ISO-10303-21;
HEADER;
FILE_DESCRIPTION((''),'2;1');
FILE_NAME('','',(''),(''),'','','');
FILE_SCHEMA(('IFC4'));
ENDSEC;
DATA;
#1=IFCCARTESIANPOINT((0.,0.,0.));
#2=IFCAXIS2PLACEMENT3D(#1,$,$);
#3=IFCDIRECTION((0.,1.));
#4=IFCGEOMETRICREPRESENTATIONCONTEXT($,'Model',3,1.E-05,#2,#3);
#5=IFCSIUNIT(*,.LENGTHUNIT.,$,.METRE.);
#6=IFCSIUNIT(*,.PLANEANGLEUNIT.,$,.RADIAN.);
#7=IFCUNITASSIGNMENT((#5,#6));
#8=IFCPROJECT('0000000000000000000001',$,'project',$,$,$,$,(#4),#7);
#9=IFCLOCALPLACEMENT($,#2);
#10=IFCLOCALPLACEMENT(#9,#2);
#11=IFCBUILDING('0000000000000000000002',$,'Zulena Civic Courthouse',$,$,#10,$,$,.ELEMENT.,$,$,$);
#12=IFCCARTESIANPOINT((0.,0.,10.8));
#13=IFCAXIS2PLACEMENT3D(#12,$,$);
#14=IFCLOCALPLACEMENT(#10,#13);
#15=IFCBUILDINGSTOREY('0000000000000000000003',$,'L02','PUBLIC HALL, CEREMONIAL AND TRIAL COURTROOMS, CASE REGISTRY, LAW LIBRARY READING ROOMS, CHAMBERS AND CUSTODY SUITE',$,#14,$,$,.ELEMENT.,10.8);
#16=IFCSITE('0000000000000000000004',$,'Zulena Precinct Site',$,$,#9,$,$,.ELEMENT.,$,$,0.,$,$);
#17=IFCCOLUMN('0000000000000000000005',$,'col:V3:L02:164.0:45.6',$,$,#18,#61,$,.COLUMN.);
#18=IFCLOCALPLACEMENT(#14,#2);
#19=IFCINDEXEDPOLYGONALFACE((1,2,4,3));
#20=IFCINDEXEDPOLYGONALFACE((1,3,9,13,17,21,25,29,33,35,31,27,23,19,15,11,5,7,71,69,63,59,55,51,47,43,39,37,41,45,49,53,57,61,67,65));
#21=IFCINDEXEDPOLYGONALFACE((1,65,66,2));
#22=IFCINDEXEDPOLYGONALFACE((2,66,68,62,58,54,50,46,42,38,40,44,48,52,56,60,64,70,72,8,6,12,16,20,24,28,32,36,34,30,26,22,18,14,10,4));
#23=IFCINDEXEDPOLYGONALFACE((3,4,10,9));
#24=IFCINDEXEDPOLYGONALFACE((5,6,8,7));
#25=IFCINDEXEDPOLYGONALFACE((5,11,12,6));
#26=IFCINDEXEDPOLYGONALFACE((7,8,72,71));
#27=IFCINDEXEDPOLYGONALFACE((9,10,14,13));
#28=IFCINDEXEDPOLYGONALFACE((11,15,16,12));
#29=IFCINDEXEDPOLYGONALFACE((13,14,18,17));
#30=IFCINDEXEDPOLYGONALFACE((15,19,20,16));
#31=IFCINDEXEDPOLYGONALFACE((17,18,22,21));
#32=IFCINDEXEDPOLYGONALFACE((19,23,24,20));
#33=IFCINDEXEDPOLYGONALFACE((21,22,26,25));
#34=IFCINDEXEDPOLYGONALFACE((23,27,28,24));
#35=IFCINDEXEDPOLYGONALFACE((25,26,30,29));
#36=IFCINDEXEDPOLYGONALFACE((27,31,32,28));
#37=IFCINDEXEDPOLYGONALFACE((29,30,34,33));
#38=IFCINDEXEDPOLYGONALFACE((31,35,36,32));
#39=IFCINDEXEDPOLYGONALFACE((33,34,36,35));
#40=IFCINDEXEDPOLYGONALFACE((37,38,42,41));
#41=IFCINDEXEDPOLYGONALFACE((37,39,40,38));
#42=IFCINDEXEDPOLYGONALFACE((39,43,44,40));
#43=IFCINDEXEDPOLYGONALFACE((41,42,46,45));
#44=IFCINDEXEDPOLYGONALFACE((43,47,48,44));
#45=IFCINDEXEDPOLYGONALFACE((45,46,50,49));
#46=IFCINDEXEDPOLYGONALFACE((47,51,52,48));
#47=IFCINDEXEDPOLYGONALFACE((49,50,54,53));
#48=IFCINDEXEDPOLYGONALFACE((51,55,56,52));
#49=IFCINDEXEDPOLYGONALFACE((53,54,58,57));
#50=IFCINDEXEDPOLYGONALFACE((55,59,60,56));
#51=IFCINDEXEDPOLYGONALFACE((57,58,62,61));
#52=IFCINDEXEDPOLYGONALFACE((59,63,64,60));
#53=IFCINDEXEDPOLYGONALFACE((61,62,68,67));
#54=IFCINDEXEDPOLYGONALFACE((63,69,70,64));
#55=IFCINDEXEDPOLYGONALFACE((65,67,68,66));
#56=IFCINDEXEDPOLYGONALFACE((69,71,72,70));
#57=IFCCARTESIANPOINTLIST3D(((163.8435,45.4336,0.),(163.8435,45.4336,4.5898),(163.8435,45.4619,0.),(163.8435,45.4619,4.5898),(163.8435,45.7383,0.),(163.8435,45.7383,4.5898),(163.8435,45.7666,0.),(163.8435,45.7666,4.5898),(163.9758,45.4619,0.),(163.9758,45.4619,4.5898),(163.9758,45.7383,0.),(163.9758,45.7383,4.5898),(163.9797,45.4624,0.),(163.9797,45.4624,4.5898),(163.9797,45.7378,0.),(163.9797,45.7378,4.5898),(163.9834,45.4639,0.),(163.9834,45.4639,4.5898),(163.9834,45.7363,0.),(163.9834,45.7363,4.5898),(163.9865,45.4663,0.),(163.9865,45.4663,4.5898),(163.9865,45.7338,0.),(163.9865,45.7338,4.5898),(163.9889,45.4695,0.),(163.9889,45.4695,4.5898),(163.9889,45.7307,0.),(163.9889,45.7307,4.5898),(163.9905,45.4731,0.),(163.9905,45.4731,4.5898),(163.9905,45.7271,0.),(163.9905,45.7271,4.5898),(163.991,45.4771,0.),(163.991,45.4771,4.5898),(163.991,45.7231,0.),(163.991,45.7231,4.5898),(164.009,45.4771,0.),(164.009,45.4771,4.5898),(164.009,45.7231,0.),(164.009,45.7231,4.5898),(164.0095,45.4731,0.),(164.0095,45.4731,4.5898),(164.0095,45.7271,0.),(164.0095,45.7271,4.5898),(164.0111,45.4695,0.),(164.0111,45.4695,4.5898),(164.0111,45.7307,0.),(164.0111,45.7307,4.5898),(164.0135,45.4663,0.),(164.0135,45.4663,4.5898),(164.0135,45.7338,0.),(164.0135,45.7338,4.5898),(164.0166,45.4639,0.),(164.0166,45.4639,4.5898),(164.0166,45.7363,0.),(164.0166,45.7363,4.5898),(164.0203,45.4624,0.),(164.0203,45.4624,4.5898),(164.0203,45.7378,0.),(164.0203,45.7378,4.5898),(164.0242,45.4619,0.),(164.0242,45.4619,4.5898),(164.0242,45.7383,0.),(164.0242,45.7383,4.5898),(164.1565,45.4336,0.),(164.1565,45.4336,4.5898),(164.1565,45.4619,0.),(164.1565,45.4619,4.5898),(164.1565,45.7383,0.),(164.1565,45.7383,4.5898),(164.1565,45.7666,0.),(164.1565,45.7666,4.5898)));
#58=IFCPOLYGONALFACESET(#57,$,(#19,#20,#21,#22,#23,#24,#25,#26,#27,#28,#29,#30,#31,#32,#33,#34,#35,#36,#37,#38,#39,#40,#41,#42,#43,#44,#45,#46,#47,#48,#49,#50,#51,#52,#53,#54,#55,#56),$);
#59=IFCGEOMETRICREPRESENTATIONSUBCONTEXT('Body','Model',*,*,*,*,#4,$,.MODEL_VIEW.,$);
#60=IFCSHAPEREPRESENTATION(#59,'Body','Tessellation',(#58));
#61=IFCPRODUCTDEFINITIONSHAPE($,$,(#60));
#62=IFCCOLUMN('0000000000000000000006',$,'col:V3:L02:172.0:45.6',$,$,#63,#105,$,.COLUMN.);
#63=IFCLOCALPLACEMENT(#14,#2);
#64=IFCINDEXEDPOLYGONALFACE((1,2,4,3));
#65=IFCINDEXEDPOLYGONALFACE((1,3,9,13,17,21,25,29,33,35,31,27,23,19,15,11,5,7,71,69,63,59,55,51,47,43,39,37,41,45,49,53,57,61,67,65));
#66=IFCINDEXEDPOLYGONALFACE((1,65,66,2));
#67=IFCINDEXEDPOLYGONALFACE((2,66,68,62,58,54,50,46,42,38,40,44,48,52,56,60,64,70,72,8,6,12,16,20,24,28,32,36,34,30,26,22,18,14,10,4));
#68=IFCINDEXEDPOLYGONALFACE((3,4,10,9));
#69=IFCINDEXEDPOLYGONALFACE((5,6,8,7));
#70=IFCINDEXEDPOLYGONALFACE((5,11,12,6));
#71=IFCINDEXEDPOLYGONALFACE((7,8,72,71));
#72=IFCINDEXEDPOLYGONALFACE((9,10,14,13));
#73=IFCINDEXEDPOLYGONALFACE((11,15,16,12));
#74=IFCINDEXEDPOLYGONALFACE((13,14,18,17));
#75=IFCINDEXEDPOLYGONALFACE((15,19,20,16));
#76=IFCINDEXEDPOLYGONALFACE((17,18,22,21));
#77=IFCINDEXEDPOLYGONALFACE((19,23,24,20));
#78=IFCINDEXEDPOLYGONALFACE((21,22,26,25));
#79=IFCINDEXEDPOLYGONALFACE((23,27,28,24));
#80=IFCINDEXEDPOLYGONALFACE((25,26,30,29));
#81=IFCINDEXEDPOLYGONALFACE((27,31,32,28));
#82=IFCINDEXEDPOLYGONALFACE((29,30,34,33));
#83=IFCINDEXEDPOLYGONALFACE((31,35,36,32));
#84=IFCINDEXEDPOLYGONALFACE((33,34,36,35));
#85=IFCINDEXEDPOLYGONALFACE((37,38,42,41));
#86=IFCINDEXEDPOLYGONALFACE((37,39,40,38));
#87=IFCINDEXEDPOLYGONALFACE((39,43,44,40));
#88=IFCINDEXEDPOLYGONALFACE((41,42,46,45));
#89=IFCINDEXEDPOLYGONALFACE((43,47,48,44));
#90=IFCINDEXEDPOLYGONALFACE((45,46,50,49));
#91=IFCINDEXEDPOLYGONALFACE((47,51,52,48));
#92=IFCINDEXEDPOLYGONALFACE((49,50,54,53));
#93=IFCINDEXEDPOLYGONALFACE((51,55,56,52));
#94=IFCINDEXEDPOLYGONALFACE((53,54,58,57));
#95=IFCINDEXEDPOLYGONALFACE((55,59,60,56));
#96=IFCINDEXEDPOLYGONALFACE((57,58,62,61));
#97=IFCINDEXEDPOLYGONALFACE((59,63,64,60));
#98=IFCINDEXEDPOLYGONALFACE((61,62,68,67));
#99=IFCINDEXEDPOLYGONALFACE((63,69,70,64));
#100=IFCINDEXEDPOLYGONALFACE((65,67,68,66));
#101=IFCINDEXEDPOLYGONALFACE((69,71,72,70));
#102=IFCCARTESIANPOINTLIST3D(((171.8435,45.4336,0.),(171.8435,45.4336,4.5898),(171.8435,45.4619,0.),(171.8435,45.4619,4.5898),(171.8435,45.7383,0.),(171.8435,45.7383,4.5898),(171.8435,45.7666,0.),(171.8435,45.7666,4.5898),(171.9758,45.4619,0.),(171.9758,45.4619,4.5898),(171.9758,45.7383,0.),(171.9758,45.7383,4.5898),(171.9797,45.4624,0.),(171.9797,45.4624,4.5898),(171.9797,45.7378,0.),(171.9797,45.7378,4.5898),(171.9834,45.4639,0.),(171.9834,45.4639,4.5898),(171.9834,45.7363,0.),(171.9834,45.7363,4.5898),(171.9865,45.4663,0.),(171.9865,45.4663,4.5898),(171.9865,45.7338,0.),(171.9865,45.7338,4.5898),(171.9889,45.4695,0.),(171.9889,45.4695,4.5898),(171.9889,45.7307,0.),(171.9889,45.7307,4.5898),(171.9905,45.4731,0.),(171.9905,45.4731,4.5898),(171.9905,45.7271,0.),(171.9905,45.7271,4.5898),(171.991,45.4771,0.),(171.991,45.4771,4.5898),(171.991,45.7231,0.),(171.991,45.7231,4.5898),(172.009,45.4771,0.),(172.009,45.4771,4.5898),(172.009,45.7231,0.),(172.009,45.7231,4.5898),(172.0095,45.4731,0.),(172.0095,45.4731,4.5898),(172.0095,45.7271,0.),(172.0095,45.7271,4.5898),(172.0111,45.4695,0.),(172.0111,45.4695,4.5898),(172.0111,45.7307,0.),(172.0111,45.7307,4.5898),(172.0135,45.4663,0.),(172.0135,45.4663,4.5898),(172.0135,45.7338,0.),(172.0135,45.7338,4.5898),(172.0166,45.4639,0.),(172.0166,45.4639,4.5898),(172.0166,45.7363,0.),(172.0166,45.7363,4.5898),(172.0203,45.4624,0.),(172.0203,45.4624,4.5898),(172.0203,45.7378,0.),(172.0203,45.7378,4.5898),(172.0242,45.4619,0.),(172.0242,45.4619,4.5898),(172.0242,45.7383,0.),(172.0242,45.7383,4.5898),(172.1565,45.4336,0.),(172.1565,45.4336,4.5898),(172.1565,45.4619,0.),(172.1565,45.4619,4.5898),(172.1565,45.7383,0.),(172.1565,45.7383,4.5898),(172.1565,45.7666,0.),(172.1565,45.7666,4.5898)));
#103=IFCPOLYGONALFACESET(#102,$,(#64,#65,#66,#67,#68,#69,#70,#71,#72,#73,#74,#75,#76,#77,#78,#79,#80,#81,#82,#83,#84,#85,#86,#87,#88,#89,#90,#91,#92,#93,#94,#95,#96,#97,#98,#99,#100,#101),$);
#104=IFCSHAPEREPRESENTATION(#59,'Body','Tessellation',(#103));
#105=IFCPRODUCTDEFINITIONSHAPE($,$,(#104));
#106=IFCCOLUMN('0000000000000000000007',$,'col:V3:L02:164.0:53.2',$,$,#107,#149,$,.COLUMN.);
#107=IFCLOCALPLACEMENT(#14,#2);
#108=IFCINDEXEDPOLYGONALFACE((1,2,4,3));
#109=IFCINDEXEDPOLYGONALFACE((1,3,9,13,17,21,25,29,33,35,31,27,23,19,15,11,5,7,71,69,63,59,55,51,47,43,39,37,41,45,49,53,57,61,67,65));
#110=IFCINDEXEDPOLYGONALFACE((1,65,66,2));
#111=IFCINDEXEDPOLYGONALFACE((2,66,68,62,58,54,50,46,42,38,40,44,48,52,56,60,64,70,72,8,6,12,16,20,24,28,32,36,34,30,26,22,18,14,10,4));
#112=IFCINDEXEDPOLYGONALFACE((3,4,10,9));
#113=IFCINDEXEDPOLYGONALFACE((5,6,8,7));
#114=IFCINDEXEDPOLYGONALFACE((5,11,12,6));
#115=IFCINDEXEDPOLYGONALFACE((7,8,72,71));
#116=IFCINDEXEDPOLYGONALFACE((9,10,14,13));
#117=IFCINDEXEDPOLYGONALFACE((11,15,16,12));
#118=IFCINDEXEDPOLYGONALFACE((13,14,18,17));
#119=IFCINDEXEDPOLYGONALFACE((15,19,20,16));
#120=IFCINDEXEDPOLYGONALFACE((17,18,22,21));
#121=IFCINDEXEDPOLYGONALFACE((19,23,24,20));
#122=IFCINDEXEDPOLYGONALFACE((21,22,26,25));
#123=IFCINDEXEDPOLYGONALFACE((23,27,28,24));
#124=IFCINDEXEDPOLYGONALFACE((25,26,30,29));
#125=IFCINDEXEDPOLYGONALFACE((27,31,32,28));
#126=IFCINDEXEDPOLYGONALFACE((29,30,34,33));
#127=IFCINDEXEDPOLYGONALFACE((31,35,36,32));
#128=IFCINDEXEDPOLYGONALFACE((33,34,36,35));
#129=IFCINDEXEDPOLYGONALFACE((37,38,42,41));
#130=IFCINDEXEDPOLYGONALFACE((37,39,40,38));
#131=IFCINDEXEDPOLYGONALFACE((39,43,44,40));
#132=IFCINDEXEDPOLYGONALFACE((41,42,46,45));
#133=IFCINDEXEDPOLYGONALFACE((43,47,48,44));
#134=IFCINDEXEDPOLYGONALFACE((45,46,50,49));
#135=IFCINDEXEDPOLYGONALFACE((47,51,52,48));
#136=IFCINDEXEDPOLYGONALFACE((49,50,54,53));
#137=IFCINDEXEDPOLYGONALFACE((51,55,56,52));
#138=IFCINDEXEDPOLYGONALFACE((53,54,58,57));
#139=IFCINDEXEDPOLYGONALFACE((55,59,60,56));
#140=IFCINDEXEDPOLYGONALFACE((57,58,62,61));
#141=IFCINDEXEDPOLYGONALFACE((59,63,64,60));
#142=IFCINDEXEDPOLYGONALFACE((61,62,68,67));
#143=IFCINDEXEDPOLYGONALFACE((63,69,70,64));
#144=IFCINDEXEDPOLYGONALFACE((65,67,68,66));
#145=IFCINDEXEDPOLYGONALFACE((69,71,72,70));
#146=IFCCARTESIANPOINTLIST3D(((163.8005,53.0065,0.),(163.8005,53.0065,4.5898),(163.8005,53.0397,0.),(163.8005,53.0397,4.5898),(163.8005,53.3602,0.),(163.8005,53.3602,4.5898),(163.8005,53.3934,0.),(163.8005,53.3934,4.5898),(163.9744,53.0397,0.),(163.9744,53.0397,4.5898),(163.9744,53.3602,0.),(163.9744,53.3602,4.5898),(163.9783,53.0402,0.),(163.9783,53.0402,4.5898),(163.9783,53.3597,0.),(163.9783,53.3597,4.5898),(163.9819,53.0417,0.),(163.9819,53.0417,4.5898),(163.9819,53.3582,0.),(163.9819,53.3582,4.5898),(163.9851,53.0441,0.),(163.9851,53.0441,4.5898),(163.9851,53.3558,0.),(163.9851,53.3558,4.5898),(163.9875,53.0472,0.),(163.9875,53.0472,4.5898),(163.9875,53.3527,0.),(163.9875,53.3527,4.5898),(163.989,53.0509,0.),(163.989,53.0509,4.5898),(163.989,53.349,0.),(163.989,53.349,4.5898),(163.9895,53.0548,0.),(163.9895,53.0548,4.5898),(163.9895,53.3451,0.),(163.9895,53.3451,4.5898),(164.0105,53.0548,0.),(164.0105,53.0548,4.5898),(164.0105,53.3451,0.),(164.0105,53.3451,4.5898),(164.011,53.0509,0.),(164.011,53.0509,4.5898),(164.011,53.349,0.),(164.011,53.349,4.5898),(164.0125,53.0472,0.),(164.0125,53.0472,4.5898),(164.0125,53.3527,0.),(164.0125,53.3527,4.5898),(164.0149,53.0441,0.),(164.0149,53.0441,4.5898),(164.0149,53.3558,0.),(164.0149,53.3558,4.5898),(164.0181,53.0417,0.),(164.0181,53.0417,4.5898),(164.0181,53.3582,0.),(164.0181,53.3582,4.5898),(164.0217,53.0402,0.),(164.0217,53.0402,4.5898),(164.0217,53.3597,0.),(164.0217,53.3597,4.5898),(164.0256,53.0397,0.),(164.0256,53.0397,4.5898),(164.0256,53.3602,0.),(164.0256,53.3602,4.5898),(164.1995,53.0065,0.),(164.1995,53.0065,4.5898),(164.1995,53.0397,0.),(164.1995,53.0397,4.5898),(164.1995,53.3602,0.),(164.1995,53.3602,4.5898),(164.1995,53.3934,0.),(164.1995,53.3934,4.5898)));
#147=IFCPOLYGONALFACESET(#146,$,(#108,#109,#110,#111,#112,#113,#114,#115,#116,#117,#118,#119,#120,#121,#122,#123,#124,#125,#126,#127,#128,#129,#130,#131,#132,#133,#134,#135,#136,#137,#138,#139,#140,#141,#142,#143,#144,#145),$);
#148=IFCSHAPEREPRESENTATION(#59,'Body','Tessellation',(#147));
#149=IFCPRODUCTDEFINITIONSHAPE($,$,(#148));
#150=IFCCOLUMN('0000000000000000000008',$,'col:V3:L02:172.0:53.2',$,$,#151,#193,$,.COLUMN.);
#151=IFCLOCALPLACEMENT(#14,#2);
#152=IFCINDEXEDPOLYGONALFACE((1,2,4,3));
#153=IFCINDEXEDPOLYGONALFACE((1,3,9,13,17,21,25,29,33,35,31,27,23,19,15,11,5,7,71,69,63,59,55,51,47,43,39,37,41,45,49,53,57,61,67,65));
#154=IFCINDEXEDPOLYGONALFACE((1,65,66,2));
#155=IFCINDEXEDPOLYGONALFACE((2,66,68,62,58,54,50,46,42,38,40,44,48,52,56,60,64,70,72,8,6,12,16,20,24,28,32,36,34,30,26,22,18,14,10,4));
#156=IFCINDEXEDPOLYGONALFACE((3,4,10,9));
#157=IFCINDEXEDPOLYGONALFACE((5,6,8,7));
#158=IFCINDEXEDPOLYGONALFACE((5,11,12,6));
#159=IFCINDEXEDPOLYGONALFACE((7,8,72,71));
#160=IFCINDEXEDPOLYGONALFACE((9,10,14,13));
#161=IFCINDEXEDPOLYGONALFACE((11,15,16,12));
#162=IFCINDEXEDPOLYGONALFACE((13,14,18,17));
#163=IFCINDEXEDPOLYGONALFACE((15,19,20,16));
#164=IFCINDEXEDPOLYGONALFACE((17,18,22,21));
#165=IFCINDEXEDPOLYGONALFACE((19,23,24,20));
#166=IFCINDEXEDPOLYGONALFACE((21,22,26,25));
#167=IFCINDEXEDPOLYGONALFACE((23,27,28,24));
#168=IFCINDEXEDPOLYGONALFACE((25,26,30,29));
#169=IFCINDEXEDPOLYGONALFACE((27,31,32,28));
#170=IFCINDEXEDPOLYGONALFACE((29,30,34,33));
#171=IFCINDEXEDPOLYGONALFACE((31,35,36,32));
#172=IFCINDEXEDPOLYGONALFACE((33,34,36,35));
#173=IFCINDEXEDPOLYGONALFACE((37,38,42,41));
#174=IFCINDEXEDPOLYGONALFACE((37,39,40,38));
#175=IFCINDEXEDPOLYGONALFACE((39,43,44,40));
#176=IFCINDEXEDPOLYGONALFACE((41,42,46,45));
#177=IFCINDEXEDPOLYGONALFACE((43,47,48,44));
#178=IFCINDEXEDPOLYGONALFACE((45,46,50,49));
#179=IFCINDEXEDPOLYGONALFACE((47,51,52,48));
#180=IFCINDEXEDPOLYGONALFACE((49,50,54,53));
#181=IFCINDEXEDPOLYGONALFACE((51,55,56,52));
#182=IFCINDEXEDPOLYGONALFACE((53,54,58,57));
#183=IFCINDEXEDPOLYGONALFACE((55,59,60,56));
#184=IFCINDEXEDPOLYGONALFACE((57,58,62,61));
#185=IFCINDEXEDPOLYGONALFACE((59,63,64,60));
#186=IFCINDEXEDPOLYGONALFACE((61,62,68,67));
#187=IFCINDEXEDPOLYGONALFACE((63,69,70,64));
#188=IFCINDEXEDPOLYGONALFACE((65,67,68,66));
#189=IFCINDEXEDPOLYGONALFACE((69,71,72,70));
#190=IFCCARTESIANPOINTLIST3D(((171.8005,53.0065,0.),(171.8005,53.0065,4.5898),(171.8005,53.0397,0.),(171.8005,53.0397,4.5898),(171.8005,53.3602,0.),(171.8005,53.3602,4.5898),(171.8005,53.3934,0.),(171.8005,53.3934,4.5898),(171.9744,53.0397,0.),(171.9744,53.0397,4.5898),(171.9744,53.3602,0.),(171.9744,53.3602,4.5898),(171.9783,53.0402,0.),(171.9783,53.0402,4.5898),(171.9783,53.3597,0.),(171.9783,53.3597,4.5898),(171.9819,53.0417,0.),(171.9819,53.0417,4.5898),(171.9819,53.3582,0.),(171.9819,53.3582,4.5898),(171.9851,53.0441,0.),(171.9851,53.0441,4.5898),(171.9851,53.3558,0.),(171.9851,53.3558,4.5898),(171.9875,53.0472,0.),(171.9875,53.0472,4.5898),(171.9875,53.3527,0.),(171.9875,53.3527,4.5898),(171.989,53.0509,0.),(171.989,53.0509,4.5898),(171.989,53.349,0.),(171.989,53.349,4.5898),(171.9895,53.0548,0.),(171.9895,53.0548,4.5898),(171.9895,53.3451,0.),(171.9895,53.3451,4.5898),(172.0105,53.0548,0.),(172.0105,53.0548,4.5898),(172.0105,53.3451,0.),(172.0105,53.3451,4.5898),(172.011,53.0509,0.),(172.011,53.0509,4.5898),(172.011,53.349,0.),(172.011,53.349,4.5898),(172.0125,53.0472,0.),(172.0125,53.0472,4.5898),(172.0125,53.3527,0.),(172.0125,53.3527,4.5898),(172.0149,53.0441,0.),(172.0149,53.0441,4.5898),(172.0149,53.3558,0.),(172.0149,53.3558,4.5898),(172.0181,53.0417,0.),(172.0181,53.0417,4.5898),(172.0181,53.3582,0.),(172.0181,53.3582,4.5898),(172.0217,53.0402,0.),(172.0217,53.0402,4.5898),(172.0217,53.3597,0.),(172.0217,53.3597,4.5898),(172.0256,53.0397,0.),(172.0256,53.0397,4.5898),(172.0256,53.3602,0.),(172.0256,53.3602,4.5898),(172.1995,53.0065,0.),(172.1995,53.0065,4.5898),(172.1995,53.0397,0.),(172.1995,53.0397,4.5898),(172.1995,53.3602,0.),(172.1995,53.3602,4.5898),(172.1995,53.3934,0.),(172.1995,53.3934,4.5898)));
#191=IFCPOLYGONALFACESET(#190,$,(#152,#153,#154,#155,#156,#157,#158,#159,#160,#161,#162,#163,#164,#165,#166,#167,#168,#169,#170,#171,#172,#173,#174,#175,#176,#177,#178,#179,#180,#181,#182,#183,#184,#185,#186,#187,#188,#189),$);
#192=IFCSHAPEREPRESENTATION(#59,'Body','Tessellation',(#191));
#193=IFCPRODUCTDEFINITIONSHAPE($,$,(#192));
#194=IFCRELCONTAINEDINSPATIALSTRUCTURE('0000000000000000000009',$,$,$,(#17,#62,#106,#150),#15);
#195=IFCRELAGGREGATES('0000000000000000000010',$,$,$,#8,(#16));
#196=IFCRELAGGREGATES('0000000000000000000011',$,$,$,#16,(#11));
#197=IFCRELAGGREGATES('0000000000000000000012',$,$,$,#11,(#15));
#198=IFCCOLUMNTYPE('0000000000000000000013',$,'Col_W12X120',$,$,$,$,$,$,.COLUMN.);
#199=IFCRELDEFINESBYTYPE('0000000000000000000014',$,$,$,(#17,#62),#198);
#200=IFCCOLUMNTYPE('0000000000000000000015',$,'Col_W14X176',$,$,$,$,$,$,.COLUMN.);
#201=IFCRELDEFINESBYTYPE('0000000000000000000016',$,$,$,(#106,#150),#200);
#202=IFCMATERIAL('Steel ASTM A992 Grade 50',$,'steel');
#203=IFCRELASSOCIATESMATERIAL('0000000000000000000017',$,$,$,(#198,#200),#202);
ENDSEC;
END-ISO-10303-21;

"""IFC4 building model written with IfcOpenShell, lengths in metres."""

from ifc_helpers import new_model, si_unit, direction, frame, origin, origin_2d, place, context, subcontext, project, spatial, i_section, extrude, material, material_profile, profile_set, type_object, element, save


model = new_model("IFC4")

# Units and contexts
model_context = context("Model", 3, precision=1e-05, world=origin(), true_north=direction((0.0, 1.0)))
body_context = subcontext(model_context, "Body", "Model", "MODEL_VIEW")
ifc_project = project(units=[si_unit("LENGTHUNIT", "METRE"), si_unit("PLANEANGLEUNIT", "RADIAN")], contexts=[model_context])

# Site, building, storey
site_placement = place(None, origin())
site = spatial("IfcSite", under=ifc_project, at=site_placement, Name="Zulena Precinct Site", CompositionType="ELEMENT", RefElevation=0.0)
building_placement = place(site_placement, origin())
building = spatial("IfcBuilding", under=site, at=building_placement, Name="Zulena Civic Courthouse", CompositionType="ELEMENT")
storey_placement = place(building_placement, frame((0.0, 0.0, 10.8)))
storey = spatial("IfcBuildingStorey", under=building, at=storey_placement, Name="L02", Description="PUBLIC HALL, CEREMONIAL AND TRIAL COURTROOMS, CASE REGISTRY, LAW LIBRARY READING ROOMS, CHAMBERS AND CUSTODY SUITE", CompositionType="ELEMENT", Elevation=10.8)

# Columns
ifc_material_1 = material(Name="Steel ASTM A992 Grade 50", Category="steel")
ifc_material_profile_1 = material_profile(ifc_material_1, i_section(OverallWidth=0.313, OverallDepth=0.333, WebThickness=0.0181, FlangeThickness=0.0283, FilletRadius=0.0151, at=origin_2d()), Name="W12X120")
ifc_profile_set_1 = profile_set([ifc_material_profile_1], Name="Steel ASTM A992 Grade 50")
column_type_1 = type_object("IfcColumnType", Name="Col_W12X120", PredefinedType="COLUMN", material=ifc_profile_set_1)
for number, where, z_axis, x_axis, name in (
    (1, (164.0, 45.6001, 0.0), (0.0, 0.0, 1.0), (1.0, 0.0, 0.0), "col:V3:L02:164.0:45.6"),
    (2, (172.0, 45.6001, 0.0), (0.0, 0.0, 1.0), (1.0, 0.0, 0.0), "col:V3:L02:172.0:45.6"),
):
    element("IfcColumn", number, at=place(storey_placement, frame(where, z_axis=z_axis, x_axis=x_axis)), inside=storey, type_object=column_type_1, Name=name, PredefinedType="COLUMN", context=body_context, shape_type="SweptSolid", body=[
        extrude(i_section(OverallWidth=0.313, OverallDepth=0.333, WebThickness=0.0181, FlangeThickness=0.0283, FilletRadius=0.0151, at=origin_2d()), origin(), (0.0, 0.0, 1.0), 4.5898),
    ])
ifc_material_profile_2 = material_profile(ifc_material_1, i_section(OverallWidth=0.3989, OverallDepth=0.387, WebThickness=0.021, FlangeThickness=0.0332, FilletRadius=0.0151, at=origin_2d()), Name="W14X176")
ifc_profile_set_2 = profile_set([ifc_material_profile_2], Name="Steel ASTM A992 Grade 50")
column_type_2 = type_object("IfcColumnType", Name="Col_W14X176", PredefinedType="COLUMN", material=ifc_profile_set_2)
for number, where, z_axis, x_axis, name in (
    (3, (164.0, 53.2, 0.0), (0.0, 0.0, 1.0), (1.0, 0.0, 0.0), "col:V3:L02:164.0:53.2"),
    (4, (172.0, 53.2, 0.0), (0.0, 0.0, 1.0), (1.0, 0.0, 0.0), "col:V3:L02:172.0:53.2"),
):
    element("IfcColumn", number, at=place(storey_placement, frame(where, z_axis=z_axis, x_axis=x_axis)), inside=storey, type_object=column_type_2, Name=name, PredefinedType="COLUMN", context=body_context, shape_type="SweptSolid", body=[
        extrude(i_section(OverallWidth=0.3989, OverallDepth=0.387, WebThickness=0.021, FlangeThickness=0.0332, FilletRadius=0.0151, at=origin_2d()), origin(), (0.0, 0.0, 1.0), 4.5898),
    ])

save(model, "model.ifc")
